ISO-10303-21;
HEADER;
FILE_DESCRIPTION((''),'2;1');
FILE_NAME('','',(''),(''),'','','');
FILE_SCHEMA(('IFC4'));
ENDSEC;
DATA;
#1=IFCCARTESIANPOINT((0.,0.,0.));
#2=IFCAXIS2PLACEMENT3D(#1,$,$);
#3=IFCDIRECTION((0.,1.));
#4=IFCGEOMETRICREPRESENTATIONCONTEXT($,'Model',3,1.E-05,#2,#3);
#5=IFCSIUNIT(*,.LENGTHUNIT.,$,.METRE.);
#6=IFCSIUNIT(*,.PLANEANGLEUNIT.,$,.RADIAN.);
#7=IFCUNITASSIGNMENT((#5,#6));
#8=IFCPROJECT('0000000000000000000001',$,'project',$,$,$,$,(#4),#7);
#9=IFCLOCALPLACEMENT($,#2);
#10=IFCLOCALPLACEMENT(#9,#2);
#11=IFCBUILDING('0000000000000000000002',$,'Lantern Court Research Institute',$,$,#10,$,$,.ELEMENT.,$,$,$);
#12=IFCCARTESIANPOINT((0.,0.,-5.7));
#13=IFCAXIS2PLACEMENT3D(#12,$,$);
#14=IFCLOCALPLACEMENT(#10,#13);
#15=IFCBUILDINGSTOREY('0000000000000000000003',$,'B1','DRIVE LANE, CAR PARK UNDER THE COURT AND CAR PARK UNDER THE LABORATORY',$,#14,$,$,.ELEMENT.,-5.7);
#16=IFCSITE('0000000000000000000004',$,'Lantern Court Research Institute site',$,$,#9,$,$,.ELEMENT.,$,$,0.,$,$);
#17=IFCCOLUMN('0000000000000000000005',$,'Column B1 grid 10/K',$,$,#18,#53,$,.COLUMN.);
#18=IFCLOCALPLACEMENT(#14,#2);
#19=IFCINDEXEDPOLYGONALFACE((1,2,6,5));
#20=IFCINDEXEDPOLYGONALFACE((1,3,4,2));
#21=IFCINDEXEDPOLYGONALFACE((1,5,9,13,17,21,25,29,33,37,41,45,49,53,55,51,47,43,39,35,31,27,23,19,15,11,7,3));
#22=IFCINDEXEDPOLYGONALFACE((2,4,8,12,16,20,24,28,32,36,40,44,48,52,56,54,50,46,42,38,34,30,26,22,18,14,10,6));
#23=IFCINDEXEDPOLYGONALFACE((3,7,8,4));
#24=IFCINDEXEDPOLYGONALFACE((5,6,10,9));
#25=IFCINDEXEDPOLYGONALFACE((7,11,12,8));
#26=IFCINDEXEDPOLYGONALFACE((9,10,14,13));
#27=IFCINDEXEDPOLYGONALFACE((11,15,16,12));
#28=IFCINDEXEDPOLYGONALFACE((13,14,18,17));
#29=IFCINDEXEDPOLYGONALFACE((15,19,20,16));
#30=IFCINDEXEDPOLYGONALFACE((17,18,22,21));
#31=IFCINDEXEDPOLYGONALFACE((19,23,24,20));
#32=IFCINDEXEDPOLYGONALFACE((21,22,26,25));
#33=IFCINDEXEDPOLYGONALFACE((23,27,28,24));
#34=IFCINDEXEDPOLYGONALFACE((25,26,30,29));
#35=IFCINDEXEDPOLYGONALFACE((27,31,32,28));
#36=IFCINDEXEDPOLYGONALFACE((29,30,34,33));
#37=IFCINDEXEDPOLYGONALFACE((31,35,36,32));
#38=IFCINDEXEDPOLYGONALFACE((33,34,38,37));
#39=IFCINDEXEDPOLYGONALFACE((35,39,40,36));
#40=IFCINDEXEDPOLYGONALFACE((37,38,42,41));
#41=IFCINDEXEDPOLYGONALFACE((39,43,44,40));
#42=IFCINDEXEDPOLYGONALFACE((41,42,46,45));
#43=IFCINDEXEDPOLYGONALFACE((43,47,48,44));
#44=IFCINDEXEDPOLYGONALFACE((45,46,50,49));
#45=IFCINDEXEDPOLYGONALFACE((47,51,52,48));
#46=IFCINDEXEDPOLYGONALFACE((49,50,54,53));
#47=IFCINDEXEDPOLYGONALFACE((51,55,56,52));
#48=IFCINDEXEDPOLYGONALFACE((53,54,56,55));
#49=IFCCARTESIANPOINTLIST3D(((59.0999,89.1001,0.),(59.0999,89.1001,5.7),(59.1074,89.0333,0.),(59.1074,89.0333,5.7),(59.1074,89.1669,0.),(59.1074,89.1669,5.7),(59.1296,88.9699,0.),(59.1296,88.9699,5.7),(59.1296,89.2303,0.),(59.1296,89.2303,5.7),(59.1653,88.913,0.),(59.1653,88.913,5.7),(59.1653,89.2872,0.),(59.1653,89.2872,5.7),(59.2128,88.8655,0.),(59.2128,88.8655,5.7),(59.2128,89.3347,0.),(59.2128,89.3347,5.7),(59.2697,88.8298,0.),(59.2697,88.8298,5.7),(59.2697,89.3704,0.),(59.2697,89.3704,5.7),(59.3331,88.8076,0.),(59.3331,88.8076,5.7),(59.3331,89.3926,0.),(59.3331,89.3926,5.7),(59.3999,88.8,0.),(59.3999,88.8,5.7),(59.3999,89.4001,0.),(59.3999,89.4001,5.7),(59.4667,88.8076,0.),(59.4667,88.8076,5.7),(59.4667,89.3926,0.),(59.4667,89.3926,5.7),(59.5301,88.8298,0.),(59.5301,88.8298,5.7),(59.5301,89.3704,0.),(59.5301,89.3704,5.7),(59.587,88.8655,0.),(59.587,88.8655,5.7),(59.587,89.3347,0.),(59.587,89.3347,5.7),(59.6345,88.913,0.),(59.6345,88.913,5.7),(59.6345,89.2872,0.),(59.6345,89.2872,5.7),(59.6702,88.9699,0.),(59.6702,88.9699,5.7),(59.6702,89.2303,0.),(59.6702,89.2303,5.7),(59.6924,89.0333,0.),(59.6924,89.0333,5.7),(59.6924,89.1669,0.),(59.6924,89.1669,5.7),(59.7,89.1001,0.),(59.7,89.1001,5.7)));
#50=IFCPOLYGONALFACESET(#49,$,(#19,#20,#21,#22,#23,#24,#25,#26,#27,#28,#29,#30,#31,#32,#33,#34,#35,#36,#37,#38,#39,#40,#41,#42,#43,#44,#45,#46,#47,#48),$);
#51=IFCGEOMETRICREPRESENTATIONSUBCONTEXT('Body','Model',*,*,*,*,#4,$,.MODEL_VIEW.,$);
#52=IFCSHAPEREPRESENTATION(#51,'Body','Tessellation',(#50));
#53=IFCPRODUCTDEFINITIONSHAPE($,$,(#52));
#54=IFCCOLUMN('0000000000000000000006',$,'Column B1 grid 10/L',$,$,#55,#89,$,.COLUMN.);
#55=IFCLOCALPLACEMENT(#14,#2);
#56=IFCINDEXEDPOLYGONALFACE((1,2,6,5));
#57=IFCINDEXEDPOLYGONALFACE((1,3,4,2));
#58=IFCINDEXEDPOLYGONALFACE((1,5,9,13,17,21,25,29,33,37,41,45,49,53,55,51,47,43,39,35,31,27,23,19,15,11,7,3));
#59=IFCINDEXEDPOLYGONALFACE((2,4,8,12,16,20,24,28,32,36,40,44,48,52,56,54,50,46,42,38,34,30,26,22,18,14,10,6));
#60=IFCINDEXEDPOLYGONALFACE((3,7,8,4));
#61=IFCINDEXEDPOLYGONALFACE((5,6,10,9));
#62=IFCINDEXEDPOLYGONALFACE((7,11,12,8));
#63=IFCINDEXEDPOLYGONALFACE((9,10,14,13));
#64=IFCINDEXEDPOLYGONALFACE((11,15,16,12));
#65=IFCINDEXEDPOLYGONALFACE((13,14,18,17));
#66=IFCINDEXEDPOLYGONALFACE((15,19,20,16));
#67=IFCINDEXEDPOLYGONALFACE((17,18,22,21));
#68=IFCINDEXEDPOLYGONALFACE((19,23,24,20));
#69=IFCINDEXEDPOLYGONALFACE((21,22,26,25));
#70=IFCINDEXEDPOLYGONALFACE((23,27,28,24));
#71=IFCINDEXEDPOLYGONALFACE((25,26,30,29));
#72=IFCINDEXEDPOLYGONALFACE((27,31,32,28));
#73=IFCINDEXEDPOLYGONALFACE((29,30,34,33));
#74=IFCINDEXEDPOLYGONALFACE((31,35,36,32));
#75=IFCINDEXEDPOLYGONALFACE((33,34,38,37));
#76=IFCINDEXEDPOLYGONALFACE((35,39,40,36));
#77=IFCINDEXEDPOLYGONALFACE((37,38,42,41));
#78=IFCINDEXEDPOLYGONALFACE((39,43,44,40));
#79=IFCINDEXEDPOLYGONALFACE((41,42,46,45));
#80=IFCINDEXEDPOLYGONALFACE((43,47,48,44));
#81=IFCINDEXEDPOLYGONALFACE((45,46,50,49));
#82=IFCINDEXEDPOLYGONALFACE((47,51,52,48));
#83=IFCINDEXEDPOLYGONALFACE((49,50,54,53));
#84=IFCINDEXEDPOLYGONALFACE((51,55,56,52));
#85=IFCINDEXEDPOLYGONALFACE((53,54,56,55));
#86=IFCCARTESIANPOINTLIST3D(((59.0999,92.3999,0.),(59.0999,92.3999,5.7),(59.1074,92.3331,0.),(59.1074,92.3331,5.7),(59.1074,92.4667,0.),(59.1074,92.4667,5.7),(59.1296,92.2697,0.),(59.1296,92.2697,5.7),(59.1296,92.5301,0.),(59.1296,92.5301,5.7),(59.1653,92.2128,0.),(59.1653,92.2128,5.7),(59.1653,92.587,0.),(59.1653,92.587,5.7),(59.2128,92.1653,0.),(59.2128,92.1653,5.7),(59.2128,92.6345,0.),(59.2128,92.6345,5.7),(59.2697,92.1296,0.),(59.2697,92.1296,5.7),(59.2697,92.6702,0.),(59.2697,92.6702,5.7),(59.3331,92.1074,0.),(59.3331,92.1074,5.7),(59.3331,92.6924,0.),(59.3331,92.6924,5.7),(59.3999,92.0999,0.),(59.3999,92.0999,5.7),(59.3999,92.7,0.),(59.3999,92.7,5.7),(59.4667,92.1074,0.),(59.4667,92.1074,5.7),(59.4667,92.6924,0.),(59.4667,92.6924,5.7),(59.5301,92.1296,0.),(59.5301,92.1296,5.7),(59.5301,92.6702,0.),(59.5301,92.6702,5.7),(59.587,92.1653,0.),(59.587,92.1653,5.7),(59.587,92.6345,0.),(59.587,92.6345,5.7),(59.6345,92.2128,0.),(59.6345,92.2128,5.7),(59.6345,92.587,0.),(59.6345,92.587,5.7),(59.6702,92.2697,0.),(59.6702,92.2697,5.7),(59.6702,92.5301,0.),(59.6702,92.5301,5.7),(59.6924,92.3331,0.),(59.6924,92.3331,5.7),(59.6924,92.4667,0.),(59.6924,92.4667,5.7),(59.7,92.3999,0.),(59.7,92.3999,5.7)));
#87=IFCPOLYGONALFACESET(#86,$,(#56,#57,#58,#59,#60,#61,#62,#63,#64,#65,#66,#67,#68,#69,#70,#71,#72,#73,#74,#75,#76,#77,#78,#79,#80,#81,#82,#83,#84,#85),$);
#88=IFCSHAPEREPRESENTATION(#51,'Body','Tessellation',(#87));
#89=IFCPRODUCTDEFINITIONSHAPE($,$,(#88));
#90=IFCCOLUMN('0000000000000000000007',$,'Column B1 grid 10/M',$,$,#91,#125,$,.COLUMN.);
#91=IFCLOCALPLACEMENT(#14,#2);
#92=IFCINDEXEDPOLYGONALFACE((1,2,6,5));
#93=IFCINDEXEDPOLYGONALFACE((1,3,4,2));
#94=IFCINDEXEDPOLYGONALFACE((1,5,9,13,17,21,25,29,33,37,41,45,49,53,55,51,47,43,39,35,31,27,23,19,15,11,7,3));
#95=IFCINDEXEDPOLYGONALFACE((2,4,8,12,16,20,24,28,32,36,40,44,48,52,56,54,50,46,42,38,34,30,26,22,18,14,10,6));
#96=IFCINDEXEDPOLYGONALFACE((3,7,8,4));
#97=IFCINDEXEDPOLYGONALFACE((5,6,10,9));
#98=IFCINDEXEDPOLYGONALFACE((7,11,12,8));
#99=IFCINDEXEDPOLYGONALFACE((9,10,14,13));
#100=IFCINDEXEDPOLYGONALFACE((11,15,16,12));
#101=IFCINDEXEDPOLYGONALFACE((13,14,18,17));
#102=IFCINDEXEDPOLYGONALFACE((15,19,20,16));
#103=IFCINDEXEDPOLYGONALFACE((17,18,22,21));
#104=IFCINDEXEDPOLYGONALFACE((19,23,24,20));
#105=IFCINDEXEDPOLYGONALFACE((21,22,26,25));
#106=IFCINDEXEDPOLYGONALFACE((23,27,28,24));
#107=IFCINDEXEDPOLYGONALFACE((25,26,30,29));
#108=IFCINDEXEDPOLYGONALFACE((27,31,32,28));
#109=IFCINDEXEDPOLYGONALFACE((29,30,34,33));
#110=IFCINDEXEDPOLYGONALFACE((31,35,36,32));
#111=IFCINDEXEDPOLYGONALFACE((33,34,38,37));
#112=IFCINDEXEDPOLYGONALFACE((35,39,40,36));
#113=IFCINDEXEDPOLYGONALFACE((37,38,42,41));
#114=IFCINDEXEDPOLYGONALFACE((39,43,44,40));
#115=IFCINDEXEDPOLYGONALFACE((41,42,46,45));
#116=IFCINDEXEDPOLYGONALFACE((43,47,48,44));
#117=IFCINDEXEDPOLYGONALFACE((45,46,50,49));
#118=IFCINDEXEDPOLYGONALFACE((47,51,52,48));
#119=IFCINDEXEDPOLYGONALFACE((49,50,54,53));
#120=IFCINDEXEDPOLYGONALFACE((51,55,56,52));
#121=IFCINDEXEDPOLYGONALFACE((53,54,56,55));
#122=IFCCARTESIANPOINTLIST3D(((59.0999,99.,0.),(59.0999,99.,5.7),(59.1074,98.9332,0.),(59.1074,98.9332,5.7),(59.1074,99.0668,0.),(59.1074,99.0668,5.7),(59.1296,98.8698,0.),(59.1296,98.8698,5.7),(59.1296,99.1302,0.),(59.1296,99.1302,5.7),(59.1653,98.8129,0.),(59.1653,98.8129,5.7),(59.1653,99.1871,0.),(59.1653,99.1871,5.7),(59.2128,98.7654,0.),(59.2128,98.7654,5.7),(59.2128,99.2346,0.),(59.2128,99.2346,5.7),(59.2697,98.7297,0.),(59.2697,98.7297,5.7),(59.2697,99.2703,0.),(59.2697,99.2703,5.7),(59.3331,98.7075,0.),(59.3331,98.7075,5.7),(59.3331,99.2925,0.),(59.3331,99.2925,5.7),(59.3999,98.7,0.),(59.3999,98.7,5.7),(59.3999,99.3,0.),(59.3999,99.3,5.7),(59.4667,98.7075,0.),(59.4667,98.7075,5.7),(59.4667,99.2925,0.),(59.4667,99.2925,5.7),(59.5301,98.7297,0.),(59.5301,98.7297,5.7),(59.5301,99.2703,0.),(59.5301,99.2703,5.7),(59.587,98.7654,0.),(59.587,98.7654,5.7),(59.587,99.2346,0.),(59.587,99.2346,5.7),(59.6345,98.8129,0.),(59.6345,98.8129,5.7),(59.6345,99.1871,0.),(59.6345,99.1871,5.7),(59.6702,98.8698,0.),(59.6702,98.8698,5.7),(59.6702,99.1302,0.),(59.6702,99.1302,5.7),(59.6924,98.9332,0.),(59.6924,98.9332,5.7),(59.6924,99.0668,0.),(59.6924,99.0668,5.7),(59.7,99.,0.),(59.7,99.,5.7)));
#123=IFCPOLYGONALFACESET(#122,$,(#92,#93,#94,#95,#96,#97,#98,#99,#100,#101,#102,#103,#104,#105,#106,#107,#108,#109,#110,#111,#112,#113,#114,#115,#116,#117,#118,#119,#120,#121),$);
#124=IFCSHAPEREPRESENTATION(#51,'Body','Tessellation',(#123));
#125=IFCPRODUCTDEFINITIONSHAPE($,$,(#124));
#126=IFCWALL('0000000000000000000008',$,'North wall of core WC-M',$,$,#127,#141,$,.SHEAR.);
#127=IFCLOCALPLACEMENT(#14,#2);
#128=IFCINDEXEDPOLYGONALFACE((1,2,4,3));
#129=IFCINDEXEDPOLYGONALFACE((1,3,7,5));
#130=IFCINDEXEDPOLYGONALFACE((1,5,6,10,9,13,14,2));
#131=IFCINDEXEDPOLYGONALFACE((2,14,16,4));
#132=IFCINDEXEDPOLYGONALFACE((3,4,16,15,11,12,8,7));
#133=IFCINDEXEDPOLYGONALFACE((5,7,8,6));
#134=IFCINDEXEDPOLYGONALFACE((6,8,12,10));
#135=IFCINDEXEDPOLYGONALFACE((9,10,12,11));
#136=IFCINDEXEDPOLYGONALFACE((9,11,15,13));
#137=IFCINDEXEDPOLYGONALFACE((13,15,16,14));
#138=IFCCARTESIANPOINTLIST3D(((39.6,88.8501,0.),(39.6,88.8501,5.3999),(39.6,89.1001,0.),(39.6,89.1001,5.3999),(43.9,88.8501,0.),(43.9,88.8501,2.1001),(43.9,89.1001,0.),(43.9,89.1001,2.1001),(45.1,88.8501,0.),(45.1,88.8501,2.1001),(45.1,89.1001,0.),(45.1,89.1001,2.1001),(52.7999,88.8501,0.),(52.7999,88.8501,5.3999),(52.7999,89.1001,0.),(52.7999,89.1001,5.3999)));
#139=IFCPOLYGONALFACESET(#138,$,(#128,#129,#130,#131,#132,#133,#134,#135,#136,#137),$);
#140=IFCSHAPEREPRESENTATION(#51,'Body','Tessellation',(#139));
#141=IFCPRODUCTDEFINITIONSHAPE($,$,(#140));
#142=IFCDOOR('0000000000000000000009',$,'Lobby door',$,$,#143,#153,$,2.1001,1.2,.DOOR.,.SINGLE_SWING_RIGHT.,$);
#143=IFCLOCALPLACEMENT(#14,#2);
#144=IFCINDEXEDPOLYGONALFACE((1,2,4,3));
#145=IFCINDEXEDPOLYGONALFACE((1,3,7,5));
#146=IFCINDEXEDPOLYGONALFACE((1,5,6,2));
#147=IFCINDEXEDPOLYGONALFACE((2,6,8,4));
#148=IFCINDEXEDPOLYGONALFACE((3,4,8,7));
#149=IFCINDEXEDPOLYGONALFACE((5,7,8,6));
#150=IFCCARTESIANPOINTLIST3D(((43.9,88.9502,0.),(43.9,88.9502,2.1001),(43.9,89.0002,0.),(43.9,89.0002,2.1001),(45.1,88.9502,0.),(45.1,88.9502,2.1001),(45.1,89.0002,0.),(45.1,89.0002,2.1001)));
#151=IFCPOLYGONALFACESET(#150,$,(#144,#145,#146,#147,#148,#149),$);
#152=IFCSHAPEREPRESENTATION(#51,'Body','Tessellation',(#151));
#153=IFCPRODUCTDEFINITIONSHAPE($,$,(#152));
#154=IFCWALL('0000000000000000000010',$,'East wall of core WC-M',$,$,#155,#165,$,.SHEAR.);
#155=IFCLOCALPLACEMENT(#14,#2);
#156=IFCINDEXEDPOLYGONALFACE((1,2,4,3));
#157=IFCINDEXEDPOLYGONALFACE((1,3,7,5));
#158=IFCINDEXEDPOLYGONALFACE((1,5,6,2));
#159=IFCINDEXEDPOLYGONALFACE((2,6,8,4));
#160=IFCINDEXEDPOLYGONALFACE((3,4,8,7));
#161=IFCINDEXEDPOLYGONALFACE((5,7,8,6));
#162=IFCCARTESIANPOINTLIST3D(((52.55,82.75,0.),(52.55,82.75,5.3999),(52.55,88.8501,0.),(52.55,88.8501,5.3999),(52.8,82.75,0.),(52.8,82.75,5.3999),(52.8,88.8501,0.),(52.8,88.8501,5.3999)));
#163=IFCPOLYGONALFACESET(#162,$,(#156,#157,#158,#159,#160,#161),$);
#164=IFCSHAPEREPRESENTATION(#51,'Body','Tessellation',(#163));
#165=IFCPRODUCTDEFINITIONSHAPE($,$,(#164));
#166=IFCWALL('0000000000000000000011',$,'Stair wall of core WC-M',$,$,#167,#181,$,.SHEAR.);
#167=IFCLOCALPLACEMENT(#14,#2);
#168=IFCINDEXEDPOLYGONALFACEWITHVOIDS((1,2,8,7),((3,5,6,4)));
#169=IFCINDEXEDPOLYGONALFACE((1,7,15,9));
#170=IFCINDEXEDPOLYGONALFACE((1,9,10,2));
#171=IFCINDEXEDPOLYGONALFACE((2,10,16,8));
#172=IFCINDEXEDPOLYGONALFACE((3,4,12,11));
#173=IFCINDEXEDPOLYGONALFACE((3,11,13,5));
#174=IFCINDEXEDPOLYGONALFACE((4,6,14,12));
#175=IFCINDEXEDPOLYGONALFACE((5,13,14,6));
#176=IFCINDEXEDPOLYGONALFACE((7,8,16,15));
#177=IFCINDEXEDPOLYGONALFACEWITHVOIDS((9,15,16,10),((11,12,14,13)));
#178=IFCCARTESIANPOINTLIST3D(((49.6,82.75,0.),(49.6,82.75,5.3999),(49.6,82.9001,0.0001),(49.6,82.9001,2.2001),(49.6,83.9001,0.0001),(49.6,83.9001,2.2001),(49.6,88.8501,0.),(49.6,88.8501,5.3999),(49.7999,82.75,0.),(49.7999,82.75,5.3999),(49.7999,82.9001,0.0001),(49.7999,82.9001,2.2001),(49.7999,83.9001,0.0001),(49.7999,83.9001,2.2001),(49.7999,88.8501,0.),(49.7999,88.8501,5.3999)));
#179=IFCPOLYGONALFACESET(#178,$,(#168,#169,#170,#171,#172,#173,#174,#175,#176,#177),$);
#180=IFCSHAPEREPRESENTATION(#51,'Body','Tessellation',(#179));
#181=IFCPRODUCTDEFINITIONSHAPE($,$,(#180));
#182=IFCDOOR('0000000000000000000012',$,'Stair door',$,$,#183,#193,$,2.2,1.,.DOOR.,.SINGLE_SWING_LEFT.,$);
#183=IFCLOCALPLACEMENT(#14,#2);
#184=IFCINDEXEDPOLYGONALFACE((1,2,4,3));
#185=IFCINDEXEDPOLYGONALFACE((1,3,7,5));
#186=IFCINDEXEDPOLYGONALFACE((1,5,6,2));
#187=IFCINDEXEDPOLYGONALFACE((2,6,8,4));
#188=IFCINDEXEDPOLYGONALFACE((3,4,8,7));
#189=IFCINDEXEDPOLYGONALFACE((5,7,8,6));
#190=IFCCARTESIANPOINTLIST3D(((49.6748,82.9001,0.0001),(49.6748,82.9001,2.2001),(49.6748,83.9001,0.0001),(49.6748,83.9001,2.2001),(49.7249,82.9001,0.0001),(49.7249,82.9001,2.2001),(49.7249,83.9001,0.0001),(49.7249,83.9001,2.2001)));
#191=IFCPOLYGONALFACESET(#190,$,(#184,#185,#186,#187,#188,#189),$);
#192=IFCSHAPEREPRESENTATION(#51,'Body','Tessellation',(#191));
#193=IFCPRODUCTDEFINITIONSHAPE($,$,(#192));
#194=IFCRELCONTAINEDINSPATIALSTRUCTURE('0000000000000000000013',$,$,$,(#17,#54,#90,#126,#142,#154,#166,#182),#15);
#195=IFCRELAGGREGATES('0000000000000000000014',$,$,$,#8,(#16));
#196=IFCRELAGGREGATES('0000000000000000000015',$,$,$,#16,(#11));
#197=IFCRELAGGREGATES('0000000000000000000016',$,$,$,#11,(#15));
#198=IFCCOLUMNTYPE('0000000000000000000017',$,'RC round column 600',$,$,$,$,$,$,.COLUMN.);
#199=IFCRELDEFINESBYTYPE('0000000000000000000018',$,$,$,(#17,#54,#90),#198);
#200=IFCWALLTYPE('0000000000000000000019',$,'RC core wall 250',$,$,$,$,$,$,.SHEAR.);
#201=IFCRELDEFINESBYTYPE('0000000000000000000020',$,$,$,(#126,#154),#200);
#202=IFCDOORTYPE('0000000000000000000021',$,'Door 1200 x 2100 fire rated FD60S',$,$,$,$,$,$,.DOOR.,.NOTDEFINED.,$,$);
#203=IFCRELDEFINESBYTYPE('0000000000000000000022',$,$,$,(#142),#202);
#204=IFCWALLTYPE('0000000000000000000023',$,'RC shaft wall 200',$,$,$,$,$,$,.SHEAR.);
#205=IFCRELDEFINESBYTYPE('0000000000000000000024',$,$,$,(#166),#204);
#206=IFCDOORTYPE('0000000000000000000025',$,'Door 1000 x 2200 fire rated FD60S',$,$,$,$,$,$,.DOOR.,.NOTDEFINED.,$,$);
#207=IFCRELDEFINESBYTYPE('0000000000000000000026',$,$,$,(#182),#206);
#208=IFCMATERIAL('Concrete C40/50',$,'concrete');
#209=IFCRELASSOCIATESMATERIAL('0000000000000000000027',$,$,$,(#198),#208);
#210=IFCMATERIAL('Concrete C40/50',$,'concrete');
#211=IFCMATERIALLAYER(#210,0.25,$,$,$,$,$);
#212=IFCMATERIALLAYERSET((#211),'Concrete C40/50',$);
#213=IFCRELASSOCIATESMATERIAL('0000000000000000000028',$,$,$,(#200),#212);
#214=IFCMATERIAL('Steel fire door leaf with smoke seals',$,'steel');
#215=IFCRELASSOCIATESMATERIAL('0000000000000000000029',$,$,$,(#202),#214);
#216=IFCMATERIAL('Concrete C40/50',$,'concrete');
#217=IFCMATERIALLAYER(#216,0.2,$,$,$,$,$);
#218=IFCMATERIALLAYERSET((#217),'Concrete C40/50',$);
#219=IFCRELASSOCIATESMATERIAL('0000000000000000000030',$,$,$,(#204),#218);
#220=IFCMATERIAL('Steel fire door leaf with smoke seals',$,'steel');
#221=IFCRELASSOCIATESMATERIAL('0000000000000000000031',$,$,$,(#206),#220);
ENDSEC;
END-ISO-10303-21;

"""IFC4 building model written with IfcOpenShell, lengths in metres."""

from ifc_helpers import new_model, si_unit, direction, frame, frame_2d, origin, origin_2d, place, context, subcontext, project, spatial, rectangle, circle, extrude, material, layer, layer_set, material_profile, profile_set, type_object, element, fill, save


model = new_model("IFC4")

# Units and contexts
model_context = context("Model", 3, precision=1e-05, world=origin(), true_north=direction((0.0, 1.0)))
body_context = subcontext(model_context, "Body", "Model", "MODEL_VIEW")
ifc_project = project(units=[si_unit("LENGTHUNIT", "METRE"), si_unit("PLANEANGLEUNIT", "RADIAN")], contexts=[model_context])

# Site, building, storey
site_placement = place(None, origin())
site = spatial("IfcSite", under=ifc_project, at=site_placement, Name="Lantern Court Research Institute site", CompositionType="ELEMENT", RefElevation=0.0)
building_placement = place(site_placement, origin())
building = spatial("IfcBuilding", under=site, at=building_placement, Name="Lantern Court Research Institute", CompositionType="ELEMENT")
storey_placement = place(building_placement, frame((0.0, 0.0, -5.7)))
storey = spatial("IfcBuildingStorey", under=building, at=storey_placement, Name="B1", Description="DRIVE LANE, CAR PARK UNDER THE COURT AND CAR PARK UNDER THE LABORATORY", CompositionType="ELEMENT", Elevation=-5.7)

# Columns
ifc_material_1 = material(Name="Concrete C40/50", Category="concrete")
ifc_material_profile_1 = material_profile(ifc_material_1, circle(Radius=0.3, at=origin_2d()), Name="RC round column 600")
ifc_profile_set_1 = profile_set([ifc_material_profile_1], Name="Concrete C40/50")
column_type = type_object("IfcColumnType", Name="RC round column 600", PredefinedType="COLUMN", material=ifc_profile_set_1)
for number, where, z_axis, x_axis, name in (
    (1, (59.3999, 89.1001, 0.0), (0.0, 0.0, 1.0), (1.0, 0.0, 0.0), "Column B1 grid 10/K"),
    (2, (59.3999, 92.3999, 0.0), (0.0, 0.0, 1.0), (1.0, 0.0, 0.0), "Column B1 grid 10/L"),
    (3, (59.3999, 99.0, 0.0), (0.0, 0.0, 1.0), (1.0, 0.0, 0.0), "Column B1 grid 10/M"),
):
    element("IfcColumn", number, at=place(storey_placement, frame(where, z_axis=z_axis, x_axis=x_axis)), inside=storey, type_object=column_type, Name=name, PredefinedType="COLUMN", context=body_context, shape_type="SweptSolid", body=[
        extrude(circle(Radius=0.3, at=origin_2d()), origin(), (0.0, 0.0, 1.0), 5.7),
    ])

# Wall, opening, door
ifc_material_2 = material(Name="Concrete C40/50", Category="concrete")
ifc_layer_1 = layer(ifc_material_2, 0.25)
ifc_layer_set_1 = layer_set([ifc_layer_1], Name="Concrete C40/50")
wall_type_1 = type_object("IfcWallType", Name="RC core wall 250", PredefinedType="SHEAR", material=ifc_layer_set_1)
wall_1_placement = place(storey_placement, frame((52.8, 88.9751, 0.0), z_axis=(0.0, 0.0, 1.0), x_axis=(-1.0, 0.0, 0.0)))
wall_1 = element("IfcWall", 4, at=wall_1_placement, inside=storey, type_object=wall_type_1, Name="North wall of core WC-M", PredefinedType="SHEAR", context=body_context, shape_type="SweptSolid", body=[
    extrude(rectangle(XDim=13.2, YDim=0.25, at=frame_2d((6.6001, 0.0))), origin(), (0.0, 0.0, 1.0), 5.3999),
])
opening_1_placement = place(wall_1_placement, frame((7.7, 0.0, 0.0)))
opening_1 = element("IfcOpeningElement", 5, at=opening_1_placement, cuts=wall_1, PredefinedType="OPENING", context=body_context, shape_type="SweptSolid", body=[
    extrude(rectangle(XDim=1.2, YDim=2.1001, at=frame_2d((0.6001, 1.05))), frame((0.0, 0.135, 0.0), z_axis=(0.0, -1.0, 0.0), x_axis=(1.0, 0.0, 0.0)), (0.0, 0.0, 1.0), 0.27),
])
ifc_material_3 = material(Name="Steel fire door leaf with smoke seals", Category="steel")
door_type_1 = type_object("IfcDoorType", Name="Door 1200 x 2100 fire rated FD60S", OperationType="NOTDEFINED", PredefinedType="DOOR", material=ifc_material_3)
door_1_placement = place(opening_1_placement, origin())
door_1 = element("IfcDoor", 6, at=door_1_placement, inside=storey, type_object=door_type_1, Name="Lobby door", OperationType="SINGLE_SWING_RIGHT", OverallHeight=2.1001, OverallWidth=1.2, PredefinedType="DOOR", context=body_context, shape_type="SweptSolid", body=[
    extrude(rectangle(XDim=1.2, YDim=2.1001, at=frame_2d((0.6001, 1.05))), frame((0.0, 0.0249, 0.0), z_axis=(0.0, -1.0, 0.0), x_axis=(1.0, 0.0, 0.0)), (0.0, 0.0, 1.0), 0.05),
])
fill(opening_1, door_1)

# Wall
wall_2_placement = place(storey_placement, frame((52.675, 88.8501, 0.0), z_axis=(0.0, 0.0, 1.0), x_axis=(0.0, -1.0, 0.0)))
element("IfcWall", 7, at=wall_2_placement, inside=storey, type_object=wall_type_1, Name="East wall of core WC-M", PredefinedType="SHEAR", context=body_context, shape_type="SweptSolid", body=[
    extrude(rectangle(XDim=6.1001, YDim=0.25, at=frame_2d((3.05, 0.0))), origin(), (0.0, 0.0, 1.0), 5.3999),
])

# Wall, opening, door
ifc_material_4 = material(Name="Concrete C40/50", Category="concrete")
ifc_layer_2 = layer(ifc_material_4, 0.2)
ifc_layer_set_2 = layer_set([ifc_layer_2], Name="Concrete C40/50")
wall_type_2 = type_object("IfcWallType", Name="RC shaft wall 200", PredefinedType="SHEAR", material=ifc_layer_set_2)
wall_3_placement = place(storey_placement, frame((49.7, 88.8501, 0.0), z_axis=(0.0, 0.0, 1.0), x_axis=(0.0, -1.0, 0.0)))
wall_3 = element("IfcWall", 8, at=wall_3_placement, inside=storey, type_object=wall_type_2, Name="Stair wall of core WC-M", PredefinedType="SHEAR", context=body_context, shape_type="SweptSolid", body=[
    extrude(rectangle(XDim=6.1001, YDim=0.2, at=frame_2d((3.05, 0.0))), origin(), (0.0, 0.0, 1.0), 5.3999),
])
opening_2_placement = place(wall_3_placement, frame((4.95, 0.0, 0.0)))
opening_2 = element("IfcOpeningElement", 9, at=opening_2_placement, cuts=wall_3, PredefinedType="OPENING", context=body_context, shape_type="SweptSolid", body=[
    extrude(rectangle(XDim=1.0, YDim=2.2, at=frame_2d((0.5, 1.1001))), frame((0.0, 0.1099, 0.0), z_axis=(0.0, -1.0, 0.0), x_axis=(1.0, 0.0, 0.0)), (0.0, 0.0, 1.0), 0.22),
])
ifc_material_5 = material(Name="Steel fire door leaf with smoke seals", Category="steel")
door_type_2 = type_object("IfcDoorType", Name="Door 1000 x 2200 fire rated FD60S", OperationType="NOTDEFINED", PredefinedType="DOOR", material=ifc_material_5)
door_2_placement = place(opening_2_placement, origin())
door_2 = element("IfcDoor", 10, at=door_2_placement, inside=storey, type_object=door_type_2, Name="Stair door", OperationType="SINGLE_SWING_LEFT", OverallHeight=2.2, OverallWidth=1.0, PredefinedType="DOOR", context=body_context, shape_type="SweptSolid", body=[
    extrude(rectangle(XDim=1.0, YDim=2.2, at=frame_2d((0.5, 1.1001))), frame((0.0, 0.0249, 0.0), z_axis=(0.0, -1.0, 0.0), x_axis=(1.0, 0.0, 0.0)), (0.0, 0.0, 1.0), 0.05),
])
fill(opening_2, door_2)

save(model, "model.ifc")
